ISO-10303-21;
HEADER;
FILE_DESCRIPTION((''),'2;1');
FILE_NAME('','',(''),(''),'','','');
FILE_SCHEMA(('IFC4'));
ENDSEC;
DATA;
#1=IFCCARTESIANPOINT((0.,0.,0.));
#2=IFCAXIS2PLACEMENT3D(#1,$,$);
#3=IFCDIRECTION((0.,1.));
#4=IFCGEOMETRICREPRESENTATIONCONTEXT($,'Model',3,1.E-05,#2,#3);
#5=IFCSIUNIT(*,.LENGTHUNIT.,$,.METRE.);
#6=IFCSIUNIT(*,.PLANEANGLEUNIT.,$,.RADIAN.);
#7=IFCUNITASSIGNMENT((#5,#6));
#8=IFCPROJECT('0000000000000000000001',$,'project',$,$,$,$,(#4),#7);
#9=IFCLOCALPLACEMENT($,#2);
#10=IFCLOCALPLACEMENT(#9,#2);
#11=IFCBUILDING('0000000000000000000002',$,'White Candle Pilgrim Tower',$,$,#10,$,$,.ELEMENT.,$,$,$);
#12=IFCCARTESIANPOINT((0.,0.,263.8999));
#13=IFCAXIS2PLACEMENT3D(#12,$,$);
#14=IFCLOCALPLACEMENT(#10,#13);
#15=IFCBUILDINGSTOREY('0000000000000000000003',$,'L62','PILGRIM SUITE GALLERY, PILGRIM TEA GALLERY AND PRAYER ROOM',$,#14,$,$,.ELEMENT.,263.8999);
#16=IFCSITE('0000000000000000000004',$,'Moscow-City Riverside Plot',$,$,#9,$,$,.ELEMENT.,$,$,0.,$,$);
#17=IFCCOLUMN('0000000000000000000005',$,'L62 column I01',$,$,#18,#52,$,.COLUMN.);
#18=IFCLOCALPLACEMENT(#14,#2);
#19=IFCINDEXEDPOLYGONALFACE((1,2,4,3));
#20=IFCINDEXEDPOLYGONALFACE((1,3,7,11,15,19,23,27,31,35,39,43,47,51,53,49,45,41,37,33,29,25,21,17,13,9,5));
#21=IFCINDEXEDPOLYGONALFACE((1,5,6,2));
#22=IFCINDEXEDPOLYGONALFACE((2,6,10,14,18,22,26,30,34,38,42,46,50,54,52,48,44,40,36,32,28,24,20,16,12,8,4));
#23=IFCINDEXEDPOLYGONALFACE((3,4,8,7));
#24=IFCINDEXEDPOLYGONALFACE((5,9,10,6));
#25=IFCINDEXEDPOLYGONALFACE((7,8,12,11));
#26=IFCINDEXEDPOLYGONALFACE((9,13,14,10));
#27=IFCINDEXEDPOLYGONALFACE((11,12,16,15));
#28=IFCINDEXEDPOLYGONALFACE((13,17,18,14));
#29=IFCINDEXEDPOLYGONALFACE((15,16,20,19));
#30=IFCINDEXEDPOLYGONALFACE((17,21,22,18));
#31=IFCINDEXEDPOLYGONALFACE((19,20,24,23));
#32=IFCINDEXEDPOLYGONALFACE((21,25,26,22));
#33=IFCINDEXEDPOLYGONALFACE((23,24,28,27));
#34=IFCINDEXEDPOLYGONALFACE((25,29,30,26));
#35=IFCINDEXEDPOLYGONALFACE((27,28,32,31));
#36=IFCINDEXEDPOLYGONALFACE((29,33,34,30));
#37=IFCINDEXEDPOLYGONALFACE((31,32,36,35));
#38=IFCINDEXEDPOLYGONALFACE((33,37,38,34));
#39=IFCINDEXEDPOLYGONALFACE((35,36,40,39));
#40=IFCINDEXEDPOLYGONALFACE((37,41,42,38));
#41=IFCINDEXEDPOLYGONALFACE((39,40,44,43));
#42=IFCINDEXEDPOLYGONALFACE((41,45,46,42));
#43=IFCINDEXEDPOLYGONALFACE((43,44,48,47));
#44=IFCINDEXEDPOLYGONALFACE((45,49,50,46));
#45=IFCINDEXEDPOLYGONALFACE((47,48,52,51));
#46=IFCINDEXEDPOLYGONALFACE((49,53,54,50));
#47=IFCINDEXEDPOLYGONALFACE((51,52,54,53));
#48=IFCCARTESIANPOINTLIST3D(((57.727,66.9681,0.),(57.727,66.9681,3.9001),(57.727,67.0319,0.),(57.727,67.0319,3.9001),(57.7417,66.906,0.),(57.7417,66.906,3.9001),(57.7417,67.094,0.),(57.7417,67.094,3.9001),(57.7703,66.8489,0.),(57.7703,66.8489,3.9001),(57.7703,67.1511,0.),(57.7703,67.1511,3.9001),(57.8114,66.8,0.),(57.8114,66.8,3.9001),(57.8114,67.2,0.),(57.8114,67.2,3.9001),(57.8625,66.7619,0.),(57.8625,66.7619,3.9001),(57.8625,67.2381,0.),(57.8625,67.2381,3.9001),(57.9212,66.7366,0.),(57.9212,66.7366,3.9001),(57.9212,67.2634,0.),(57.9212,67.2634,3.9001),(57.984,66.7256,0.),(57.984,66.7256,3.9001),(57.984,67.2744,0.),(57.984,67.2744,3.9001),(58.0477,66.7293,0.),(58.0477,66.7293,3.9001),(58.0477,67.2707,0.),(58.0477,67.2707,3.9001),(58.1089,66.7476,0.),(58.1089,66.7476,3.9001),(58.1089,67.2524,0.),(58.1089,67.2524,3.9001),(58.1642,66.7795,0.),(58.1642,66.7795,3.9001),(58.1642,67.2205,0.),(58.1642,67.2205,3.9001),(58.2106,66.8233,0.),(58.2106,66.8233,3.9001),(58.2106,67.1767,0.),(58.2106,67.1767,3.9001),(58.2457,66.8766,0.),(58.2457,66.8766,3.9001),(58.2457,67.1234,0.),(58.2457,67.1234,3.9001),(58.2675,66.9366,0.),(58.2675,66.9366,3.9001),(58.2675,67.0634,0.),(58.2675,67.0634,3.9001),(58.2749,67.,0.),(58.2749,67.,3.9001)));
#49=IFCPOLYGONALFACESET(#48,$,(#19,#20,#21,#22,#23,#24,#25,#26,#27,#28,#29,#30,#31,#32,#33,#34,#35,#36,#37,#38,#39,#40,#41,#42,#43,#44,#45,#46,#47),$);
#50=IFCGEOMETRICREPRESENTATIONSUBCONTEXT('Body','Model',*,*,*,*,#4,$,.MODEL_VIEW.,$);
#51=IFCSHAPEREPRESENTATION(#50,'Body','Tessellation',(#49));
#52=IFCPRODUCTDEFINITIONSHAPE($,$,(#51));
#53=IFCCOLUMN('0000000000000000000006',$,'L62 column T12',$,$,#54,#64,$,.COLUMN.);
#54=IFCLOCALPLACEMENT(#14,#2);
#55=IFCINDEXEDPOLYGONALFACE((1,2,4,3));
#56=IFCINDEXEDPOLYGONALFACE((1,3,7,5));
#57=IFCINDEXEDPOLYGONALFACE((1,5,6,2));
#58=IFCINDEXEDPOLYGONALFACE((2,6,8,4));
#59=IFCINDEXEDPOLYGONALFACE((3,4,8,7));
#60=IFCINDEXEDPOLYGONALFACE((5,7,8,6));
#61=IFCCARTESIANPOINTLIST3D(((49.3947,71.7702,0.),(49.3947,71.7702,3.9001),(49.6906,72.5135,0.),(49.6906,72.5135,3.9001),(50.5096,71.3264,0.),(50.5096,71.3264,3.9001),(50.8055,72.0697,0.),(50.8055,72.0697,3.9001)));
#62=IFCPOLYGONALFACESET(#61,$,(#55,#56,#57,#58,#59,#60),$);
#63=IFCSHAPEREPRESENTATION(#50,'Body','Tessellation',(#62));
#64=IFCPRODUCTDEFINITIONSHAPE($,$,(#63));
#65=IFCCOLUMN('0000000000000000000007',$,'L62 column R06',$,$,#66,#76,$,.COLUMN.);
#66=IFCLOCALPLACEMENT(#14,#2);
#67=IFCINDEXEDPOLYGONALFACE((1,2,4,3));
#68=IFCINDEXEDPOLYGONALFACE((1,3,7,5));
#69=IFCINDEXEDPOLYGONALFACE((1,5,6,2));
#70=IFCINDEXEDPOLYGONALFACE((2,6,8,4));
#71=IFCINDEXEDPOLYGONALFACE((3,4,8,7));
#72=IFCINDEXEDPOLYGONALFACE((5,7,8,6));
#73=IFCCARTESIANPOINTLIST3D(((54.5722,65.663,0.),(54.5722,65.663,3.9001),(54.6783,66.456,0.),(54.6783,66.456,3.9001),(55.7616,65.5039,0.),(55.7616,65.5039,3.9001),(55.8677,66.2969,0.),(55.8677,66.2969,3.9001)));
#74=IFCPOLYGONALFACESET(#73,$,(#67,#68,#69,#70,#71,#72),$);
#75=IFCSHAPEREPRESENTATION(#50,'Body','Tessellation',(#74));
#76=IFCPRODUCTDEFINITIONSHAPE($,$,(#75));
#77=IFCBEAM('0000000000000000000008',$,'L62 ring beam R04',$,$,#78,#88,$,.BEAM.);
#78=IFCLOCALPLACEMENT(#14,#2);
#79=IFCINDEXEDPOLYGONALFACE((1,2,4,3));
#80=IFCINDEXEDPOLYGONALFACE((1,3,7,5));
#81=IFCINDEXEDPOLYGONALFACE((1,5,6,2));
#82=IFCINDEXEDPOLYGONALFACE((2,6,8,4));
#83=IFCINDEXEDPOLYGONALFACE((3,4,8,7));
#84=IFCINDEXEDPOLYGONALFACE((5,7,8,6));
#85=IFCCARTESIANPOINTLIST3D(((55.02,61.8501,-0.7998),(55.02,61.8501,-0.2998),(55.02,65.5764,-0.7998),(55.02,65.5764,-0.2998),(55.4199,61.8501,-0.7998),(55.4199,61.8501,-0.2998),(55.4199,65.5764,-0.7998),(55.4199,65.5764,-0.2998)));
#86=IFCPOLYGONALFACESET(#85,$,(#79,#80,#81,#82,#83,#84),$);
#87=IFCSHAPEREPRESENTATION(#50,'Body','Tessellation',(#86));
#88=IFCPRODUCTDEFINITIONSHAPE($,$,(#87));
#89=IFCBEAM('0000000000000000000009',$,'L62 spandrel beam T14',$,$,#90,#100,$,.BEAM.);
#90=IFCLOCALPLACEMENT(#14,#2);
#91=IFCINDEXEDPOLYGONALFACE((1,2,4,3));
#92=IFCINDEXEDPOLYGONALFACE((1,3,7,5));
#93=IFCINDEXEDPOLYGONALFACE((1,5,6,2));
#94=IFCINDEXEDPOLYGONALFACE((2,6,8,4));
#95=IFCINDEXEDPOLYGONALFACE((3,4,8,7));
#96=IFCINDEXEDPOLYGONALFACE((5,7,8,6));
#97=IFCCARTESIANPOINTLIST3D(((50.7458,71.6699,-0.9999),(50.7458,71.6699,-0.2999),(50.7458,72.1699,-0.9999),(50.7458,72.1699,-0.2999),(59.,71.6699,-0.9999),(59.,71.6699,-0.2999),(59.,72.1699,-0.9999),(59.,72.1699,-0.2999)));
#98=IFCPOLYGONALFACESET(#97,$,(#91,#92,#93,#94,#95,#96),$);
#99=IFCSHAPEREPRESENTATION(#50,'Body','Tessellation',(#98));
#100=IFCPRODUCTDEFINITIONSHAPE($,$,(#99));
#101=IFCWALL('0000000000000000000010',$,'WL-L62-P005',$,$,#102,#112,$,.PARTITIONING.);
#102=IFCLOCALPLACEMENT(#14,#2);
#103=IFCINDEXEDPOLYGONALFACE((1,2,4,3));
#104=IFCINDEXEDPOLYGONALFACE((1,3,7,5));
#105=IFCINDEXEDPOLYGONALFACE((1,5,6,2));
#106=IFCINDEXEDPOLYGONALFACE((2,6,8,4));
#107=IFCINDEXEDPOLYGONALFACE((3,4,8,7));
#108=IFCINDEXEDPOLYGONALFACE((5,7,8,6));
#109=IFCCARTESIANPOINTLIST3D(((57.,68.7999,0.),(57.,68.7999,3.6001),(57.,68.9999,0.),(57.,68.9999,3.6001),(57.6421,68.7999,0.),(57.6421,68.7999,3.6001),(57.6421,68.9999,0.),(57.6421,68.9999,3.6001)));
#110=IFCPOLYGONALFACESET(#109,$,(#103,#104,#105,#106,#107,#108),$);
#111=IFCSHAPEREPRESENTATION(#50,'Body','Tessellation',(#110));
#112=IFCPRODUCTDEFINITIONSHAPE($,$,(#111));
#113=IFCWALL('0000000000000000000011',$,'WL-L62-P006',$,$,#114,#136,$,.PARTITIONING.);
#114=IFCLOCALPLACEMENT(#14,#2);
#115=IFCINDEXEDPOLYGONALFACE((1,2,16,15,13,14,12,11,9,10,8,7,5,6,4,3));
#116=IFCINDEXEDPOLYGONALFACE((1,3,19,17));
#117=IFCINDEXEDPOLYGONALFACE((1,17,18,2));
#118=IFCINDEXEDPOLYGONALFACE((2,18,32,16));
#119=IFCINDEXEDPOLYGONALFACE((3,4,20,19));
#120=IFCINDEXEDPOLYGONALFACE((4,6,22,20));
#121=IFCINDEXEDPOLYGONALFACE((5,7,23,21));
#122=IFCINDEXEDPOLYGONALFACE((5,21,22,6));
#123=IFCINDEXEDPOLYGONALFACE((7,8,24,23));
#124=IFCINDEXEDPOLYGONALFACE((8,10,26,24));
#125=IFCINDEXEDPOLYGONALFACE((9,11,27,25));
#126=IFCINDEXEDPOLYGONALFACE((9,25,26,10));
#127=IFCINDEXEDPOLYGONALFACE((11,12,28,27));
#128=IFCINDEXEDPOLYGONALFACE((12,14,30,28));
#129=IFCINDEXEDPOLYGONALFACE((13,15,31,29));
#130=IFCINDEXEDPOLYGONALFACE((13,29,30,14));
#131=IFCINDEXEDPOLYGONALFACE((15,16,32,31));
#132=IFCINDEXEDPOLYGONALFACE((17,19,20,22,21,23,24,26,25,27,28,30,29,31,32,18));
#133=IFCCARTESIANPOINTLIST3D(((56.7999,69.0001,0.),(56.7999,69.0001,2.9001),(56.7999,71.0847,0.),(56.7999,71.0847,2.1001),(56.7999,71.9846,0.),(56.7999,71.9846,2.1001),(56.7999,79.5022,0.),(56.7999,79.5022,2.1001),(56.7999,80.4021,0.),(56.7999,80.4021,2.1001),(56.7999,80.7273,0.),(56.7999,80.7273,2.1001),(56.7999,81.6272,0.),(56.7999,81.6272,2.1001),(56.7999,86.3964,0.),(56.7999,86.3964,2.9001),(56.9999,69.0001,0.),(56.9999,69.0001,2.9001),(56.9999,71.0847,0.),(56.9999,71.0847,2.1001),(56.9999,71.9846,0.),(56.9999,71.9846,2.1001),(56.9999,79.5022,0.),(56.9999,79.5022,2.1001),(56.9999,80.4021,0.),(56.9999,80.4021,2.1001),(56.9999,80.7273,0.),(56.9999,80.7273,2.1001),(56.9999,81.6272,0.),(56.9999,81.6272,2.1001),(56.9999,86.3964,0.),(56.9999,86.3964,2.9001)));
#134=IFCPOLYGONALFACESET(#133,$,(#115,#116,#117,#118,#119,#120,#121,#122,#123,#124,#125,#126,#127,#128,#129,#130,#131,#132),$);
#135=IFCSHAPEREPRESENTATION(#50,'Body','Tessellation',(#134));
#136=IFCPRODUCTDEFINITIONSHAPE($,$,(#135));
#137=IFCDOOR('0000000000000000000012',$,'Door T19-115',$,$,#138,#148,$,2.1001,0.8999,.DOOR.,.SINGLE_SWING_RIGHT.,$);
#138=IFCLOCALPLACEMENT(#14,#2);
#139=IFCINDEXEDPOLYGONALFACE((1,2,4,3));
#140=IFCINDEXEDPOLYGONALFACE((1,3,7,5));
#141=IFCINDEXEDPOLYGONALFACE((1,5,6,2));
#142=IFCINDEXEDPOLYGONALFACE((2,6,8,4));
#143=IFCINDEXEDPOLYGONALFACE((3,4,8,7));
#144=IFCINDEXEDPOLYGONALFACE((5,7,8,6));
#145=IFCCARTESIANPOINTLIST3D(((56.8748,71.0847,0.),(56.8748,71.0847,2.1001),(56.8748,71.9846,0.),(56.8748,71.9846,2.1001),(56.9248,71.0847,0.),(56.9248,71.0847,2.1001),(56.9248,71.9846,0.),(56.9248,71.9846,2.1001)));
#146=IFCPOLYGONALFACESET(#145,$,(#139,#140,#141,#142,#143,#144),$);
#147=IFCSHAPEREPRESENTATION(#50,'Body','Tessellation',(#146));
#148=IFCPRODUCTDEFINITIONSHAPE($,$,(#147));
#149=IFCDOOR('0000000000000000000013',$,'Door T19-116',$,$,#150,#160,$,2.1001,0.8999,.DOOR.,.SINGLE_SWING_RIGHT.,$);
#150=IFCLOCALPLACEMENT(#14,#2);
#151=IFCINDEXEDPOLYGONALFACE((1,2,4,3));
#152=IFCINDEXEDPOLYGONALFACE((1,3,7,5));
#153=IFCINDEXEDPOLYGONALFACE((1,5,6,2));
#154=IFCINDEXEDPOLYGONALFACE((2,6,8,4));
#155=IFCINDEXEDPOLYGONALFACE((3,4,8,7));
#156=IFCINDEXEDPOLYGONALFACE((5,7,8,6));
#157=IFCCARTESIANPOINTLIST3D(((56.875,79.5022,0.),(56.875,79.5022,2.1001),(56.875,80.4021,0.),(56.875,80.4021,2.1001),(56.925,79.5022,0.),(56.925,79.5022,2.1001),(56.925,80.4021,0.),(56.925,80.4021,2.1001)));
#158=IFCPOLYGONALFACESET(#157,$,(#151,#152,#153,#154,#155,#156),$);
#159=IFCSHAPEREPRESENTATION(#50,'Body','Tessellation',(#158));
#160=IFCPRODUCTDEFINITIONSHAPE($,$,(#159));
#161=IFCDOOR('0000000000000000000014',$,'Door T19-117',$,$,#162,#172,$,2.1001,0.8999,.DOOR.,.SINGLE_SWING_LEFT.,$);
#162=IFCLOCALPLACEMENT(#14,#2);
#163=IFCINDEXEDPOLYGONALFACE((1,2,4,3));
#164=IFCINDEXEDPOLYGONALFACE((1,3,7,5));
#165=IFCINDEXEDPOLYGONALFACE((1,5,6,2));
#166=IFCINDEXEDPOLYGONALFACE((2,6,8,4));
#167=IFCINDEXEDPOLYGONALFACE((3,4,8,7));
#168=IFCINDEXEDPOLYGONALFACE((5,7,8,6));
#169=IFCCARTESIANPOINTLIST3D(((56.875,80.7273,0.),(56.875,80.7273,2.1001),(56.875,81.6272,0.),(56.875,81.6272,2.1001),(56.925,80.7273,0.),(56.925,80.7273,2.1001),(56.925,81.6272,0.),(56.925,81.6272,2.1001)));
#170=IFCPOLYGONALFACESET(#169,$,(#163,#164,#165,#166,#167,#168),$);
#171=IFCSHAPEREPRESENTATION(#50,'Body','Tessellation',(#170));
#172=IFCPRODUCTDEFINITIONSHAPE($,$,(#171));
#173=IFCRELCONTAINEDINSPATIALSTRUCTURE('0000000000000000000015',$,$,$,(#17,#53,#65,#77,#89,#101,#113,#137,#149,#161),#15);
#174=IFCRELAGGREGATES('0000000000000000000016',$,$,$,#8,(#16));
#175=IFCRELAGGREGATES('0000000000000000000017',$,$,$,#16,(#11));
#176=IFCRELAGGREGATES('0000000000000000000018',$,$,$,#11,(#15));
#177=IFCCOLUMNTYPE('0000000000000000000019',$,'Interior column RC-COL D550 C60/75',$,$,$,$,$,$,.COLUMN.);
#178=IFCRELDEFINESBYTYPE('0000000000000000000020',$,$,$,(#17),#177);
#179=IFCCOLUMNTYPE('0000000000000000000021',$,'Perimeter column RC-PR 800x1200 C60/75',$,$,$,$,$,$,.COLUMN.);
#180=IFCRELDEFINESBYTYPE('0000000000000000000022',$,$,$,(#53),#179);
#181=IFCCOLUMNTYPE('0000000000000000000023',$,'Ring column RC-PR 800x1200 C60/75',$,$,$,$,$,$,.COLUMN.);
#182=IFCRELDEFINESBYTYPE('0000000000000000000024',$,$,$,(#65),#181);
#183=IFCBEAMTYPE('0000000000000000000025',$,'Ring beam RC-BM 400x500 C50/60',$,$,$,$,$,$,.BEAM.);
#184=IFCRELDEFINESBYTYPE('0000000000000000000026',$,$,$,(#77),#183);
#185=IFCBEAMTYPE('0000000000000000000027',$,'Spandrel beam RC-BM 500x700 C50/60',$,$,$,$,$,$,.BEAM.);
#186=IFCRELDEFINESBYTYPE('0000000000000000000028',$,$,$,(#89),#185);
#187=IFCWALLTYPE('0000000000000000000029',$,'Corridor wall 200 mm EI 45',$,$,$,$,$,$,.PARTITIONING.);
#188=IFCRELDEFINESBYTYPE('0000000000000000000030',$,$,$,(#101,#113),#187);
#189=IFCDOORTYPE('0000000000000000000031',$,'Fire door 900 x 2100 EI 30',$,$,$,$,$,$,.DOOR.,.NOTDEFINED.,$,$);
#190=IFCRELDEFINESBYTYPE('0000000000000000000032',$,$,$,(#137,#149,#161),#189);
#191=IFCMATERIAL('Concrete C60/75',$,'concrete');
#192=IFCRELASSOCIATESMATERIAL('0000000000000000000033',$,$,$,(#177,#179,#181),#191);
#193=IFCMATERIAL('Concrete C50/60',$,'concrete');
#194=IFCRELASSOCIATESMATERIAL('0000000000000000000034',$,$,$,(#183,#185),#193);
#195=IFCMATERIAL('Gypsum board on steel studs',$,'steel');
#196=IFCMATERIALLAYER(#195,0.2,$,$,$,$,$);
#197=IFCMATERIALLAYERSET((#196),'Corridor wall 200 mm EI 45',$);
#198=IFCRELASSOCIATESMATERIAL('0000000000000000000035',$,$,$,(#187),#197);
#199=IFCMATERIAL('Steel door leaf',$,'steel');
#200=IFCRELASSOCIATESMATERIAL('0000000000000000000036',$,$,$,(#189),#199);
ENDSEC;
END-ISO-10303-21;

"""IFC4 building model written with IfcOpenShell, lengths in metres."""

from ifc_helpers import new_model, si_unit, direction, frame, frame_2d, origin, origin_2d, place, context, subcontext, project, spatial, rectangle, circle, extrude, material, layer, layer_set, material_profile, profile_set, type_object, element, fill, save


model = new_model("IFC4")

# Units and contexts
model_context = context("Model", 3, precision=1e-05, world=origin(), true_north=direction((0.0, 1.0)))
body_context = subcontext(model_context, "Body", "Model", "MODEL_VIEW")
ifc_project = project(units=[si_unit("LENGTHUNIT", "METRE"), si_unit("PLANEANGLEUNIT", "RADIAN")], contexts=[model_context])

# Site, building, storey
site_placement = place(None, origin())
site = spatial("IfcSite", under=ifc_project, at=site_placement, Name="Moscow-City Riverside Plot", CompositionType="ELEMENT", RefElevation=0.0)
building_placement = place(site_placement, origin())
building = spatial("IfcBuilding", under=site, at=building_placement, Name="White Candle Pilgrim Tower", CompositionType="ELEMENT")
storey_placement = place(building_placement, frame((0.0, 0.0, 263.8999)))
storey = spatial("IfcBuildingStorey", under=building, at=storey_placement, Name="L62", Description="PILGRIM SUITE GALLERY, PILGRIM TEA GALLERY AND PRAYER ROOM", CompositionType="ELEMENT", Elevation=263.8999)

# Columns
ifc_material_1 = material(Name="Concrete C60/75", Category="concrete")
ifc_material_profile_1 = material_profile(ifc_material_1, circle(Radius=0.2749, at=origin_2d()), Name="RC-COL D550")
ifc_profile_set_1 = profile_set([ifc_material_profile_1], Name="Concrete C60/75")
column_type_1 = type_object("IfcColumnType", Name="Interior column RC-COL D550 C60/75", PredefinedType="COLUMN", material=ifc_profile_set_1)
column_1_placement = place(storey_placement, frame((58.0, 67.0, 0.0), z_axis=(0.0, 0.0, 1.0), x_axis=(1.0, 0.0, 0.0)))
element("IfcColumn", 1, at=column_1_placement, inside=storey, type_object=column_type_1, Name="L62 column I01", PredefinedType="COLUMN", context=body_context, shape_type="SweptSolid", body=[
    extrude(circle(Radius=0.2749, at=origin_2d()), origin(), (0.0, 0.0, 1.0), 3.9001),
])
ifc_material_profile_2 = material_profile(ifc_material_1, rectangle(XDim=0.8, YDim=1.2, at=origin_2d()), Name="RC-PR 800x1200")
ifc_profile_set_2 = profile_set([ifc_material_profile_2], Name="Concrete C60/75")
column_type_2 = type_object("IfcColumnType", Name="Perimeter column RC-PR 800x1200 C60/75", PredefinedType="COLUMN", material=ifc_profile_set_2)
column_2_placement = place(storey_placement, frame((50.1001, 71.9199, 0.0), z_axis=(0.0, 0.0, 1.0), x_axis=(0.36986, 0.929087, 0.0)))
element("IfcColumn", 2, at=column_2_placement, inside=storey, type_object=column_type_2, Name="L62 column T12", PredefinedType="COLUMN", context=body_context, shape_type="SweptSolid", body=[
    extrude(rectangle(XDim=0.8, YDim=1.2, at=origin_2d()), origin(), (0.0, 0.0, 1.0), 3.9001),
])
ifc_material_profile_3 = material_profile(ifc_material_1, rectangle(XDim=0.8, YDim=1.2, at=origin_2d()), Name="RC-PR 800x1200")
ifc_profile_set_3 = profile_set([ifc_material_profile_3], Name="Concrete C60/75")
column_type_3 = type_object("IfcColumnType", Name="Ring column RC-PR 800x1200 C60/75", PredefinedType="COLUMN", material=ifc_profile_set_3)
column_3_placement = place(storey_placement, frame((55.22, 65.98, 0.0), z_axis=(0.0, 0.0, 1.0), x_axis=(0.132602, 0.991169, 0.0)))
element("IfcColumn", 3, at=column_3_placement, inside=storey, type_object=column_type_3, Name="L62 column R06", PredefinedType="COLUMN", context=body_context, shape_type="SweptSolid", body=[
    extrude(rectangle(XDim=0.8, YDim=1.2, at=origin_2d()), origin(), (0.0, 0.0, 1.0), 3.9001),
])

# Beams
ifc_material_2 = material(Name="Concrete C50/60", Category="concrete")
ifc_material_profile_4 = material_profile(ifc_material_2, rectangle(XDim=0.3999, YDim=0.5, at=origin_2d()), Name="RC-BM 400x500")
ifc_profile_set_4 = profile_set([ifc_material_profile_4], Name="Concrete C50/60")
beam_type_1 = type_object("IfcBeamType", Name="Ring beam RC-BM 400x500 C50/60", PredefinedType="BEAM", material=ifc_profile_set_4)
beam_1_placement = place(storey_placement, frame((55.22, 65.5764, -0.5498), z_axis=(0.0, -1.0, 0.0), x_axis=(1.0, 0.0, 0.0)))
element("IfcBeam", 4, at=beam_1_placement, inside=storey, type_object=beam_type_1, Name="L62 ring beam R04", PredefinedType="BEAM", context=body_context, shape_type="SweptSolid", body=[
    extrude(rectangle(XDim=0.3999, YDim=0.5, at=origin_2d()), origin(), (0.0, 0.0, 1.0), 3.7263),
])
ifc_material_profile_5 = material_profile(ifc_material_2, rectangle(XDim=0.5, YDim=0.7, at=origin_2d()), Name="RC-BM 500x700")
ifc_profile_set_5 = profile_set([ifc_material_profile_5], Name="Concrete C50/60")
beam_type_2 = type_object("IfcBeamType", Name="Spandrel beam RC-BM 500x700 C50/60", PredefinedType="BEAM", material=ifc_profile_set_5)
beam_2_placement = place(storey_placement, frame((50.7458, 71.9199, -0.6499), z_axis=(1.0, 0.0, 0.0), x_axis=(0.0, 1.0, 0.0)))
element("IfcBeam", 5, at=beam_2_placement, inside=storey, type_object=beam_type_2, Name="L62 spandrel beam T14", PredefinedType="BEAM", context=body_context, shape_type="SweptSolid", body=[
    extrude(rectangle(XDim=0.5, YDim=0.7, at=origin_2d()), origin(), (0.0, 0.0, 1.0), 8.2542),
])

# Wall
ifc_material_3 = material(Name="Gypsum board on steel studs", Category="steel")
ifc_layer_1 = layer(ifc_material_3, 0.2)
ifc_layer_set_1 = layer_set([ifc_layer_1], Name="Corridor wall 200 mm EI 45")
wall_type_1 = type_object("IfcWallType", Name="Corridor wall 200 mm EI 45", PredefinedType="PARTITIONING", material=ifc_layer_set_1)
wall_1_placement = place(storey_placement, frame((57.6421, 68.8999, 0.0), z_axis=(0.0, 0.0, 1.0), x_axis=(-1.0, 0.0, 0.0)))
element("IfcWall", 6, at=wall_1_placement, inside=storey, type_object=wall_type_1, Name="WL-L62-P005", PredefinedType="PARTITIONING", context=body_context, shape_type="SweptSolid", body=[
    extrude(rectangle(XDim=0.6421, YDim=0.2, at=frame_2d((0.321, 0.0))), origin(), (0.0, 0.0, 1.0), 3.6001),
])

# Wall, openings, doors
wall_2_placement = place(storey_placement, frame((56.8999, 69.0, 0.0), z_axis=(0.0, 0.0, 1.0), x_axis=(0.0, 1.0, 0.0)))
wall_2 = element("IfcWall", 7, at=wall_2_placement, inside=storey, type_object=wall_type_1, Name="WL-L62-P006", PredefinedType="PARTITIONING", context=body_context, shape_type="SweptSolid", body=[
    extrude(rectangle(XDim=17.3962, YDim=0.2, at=frame_2d((8.6982, 0.0))), origin(), (0.0, 0.0, 1.0), 2.9001),
])
opening_1_placement = place(wall_2_placement, frame((2.0847, 0.0, 0.0)))
opening_1 = element("IfcOpeningElement", 8, at=opening_1_placement, cuts=wall_2, PredefinedType="OPENING", context=body_context, shape_type="SweptSolid", body=[
    extrude(rectangle(XDim=0.8999, YDim=2.1001, at=frame_2d((0.45, 1.05))), frame((0.0, 0.1099, 0.0), z_axis=(0.0, -1.0, 0.0), x_axis=(1.0, 0.0, 0.0)), (0.0, 0.0, 1.0), 0.22),
])
opening_2_placement = place(wall_2_placement, frame((10.5022, 0.0, 0.0)))
opening_2 = element("IfcOpeningElement", 9, at=opening_2_placement, cuts=wall_2, PredefinedType="OPENING", context=body_context, shape_type="SweptSolid", body=[
    extrude(rectangle(XDim=0.8999, YDim=2.1001, at=frame_2d((0.45, 1.05))), frame((0.0, 0.1099, 0.0), z_axis=(0.0, -1.0, 0.0), x_axis=(1.0, 0.0, 0.0)), (0.0, 0.0, 1.0), 0.22),
])
opening_3_placement = place(wall_2_placement, frame((11.7273, 0.0, 0.0)))
opening_3 = element("IfcOpeningElement", 10, at=opening_3_placement, cuts=wall_2, PredefinedType="OPENING", context=body_context, shape_type="SweptSolid", body=[
    extrude(rectangle(XDim=0.8999, YDim=2.1001, at=frame_2d((0.45, 1.05))), frame((0.0, 0.1099, 0.0), z_axis=(0.0, -1.0, 0.0), x_axis=(1.0, 0.0, 0.0)), (0.0, 0.0, 1.0), 0.22),
])
ifc_material_4 = material(Name="Steel door leaf", Category="steel")
door_type_1 = type_object("IfcDoorType", Name="Fire door 900 x 2100 EI 30", OperationType="NOTDEFINED", PredefinedType="DOOR", material=ifc_material_4)
door_1_placement = place(opening_1_placement, frame((0.8999, 0.0, 0.0), z_axis=(0.0, 0.0, 1.0), x_axis=(-1.0, 0.0, 0.0)))
door_1 = element("IfcDoor", 11, at=door_1_placement, inside=storey, type_object=door_type_1, Name="Door T19-115", OperationType="SINGLE_SWING_RIGHT", OverallHeight=2.1001, OverallWidth=0.8999, PredefinedType="DOOR", context=body_context, shape_type="SweptSolid", body=[
    extrude(rectangle(XDim=0.8999, YDim=2.1001, at=frame_2d((0.45, 1.05))), frame((0.0, 0.0249, 0.0), z_axis=(0.0, -1.0, 0.0), x_axis=(1.0, 0.0, 0.0)), (0.0, 0.0, 1.0), 0.05),
])
fill(opening_1, door_1)
door_2_placement = place(opening_2_placement, origin())
door_2 = element("IfcDoor", 12, at=door_2_placement, inside=storey, type_object=door_type_1, Name="Door T19-116", OperationType="SINGLE_SWING_RIGHT", OverallHeight=2.1001, OverallWidth=0.8999, PredefinedType="DOOR", context=body_context, shape_type="SweptSolid", body=[
    extrude(rectangle(XDim=0.8999, YDim=2.1001, at=frame_2d((0.45, 1.05))), frame((0.0, 0.0249, 0.0), z_axis=(0.0, -1.0, 0.0), x_axis=(1.0, 0.0, 0.0)), (0.0, 0.0, 1.0), 0.05),
])
fill(opening_2, door_2)
door_3_placement = place(opening_3_placement, origin())
door_3 = element("IfcDoor", 13, at=door_3_placement, inside=storey, type_object=door_type_1, Name="Door T19-117", OperationType="SINGLE_SWING_LEFT", OverallHeight=2.1001, OverallWidth=0.8999, PredefinedType="DOOR", context=body_context, shape_type="SweptSolid", body=[
    extrude(rectangle(XDim=0.8999, YDim=2.1001, at=frame_2d((0.45, 1.05))), frame((0.0, 0.0249, 0.0), z_axis=(0.0, -1.0, 0.0), x_axis=(1.0, 0.0, 0.0)), (0.0, 0.0, 1.0), 0.05),
])
fill(opening_3, door_3)

save(model, "model.ifc")
